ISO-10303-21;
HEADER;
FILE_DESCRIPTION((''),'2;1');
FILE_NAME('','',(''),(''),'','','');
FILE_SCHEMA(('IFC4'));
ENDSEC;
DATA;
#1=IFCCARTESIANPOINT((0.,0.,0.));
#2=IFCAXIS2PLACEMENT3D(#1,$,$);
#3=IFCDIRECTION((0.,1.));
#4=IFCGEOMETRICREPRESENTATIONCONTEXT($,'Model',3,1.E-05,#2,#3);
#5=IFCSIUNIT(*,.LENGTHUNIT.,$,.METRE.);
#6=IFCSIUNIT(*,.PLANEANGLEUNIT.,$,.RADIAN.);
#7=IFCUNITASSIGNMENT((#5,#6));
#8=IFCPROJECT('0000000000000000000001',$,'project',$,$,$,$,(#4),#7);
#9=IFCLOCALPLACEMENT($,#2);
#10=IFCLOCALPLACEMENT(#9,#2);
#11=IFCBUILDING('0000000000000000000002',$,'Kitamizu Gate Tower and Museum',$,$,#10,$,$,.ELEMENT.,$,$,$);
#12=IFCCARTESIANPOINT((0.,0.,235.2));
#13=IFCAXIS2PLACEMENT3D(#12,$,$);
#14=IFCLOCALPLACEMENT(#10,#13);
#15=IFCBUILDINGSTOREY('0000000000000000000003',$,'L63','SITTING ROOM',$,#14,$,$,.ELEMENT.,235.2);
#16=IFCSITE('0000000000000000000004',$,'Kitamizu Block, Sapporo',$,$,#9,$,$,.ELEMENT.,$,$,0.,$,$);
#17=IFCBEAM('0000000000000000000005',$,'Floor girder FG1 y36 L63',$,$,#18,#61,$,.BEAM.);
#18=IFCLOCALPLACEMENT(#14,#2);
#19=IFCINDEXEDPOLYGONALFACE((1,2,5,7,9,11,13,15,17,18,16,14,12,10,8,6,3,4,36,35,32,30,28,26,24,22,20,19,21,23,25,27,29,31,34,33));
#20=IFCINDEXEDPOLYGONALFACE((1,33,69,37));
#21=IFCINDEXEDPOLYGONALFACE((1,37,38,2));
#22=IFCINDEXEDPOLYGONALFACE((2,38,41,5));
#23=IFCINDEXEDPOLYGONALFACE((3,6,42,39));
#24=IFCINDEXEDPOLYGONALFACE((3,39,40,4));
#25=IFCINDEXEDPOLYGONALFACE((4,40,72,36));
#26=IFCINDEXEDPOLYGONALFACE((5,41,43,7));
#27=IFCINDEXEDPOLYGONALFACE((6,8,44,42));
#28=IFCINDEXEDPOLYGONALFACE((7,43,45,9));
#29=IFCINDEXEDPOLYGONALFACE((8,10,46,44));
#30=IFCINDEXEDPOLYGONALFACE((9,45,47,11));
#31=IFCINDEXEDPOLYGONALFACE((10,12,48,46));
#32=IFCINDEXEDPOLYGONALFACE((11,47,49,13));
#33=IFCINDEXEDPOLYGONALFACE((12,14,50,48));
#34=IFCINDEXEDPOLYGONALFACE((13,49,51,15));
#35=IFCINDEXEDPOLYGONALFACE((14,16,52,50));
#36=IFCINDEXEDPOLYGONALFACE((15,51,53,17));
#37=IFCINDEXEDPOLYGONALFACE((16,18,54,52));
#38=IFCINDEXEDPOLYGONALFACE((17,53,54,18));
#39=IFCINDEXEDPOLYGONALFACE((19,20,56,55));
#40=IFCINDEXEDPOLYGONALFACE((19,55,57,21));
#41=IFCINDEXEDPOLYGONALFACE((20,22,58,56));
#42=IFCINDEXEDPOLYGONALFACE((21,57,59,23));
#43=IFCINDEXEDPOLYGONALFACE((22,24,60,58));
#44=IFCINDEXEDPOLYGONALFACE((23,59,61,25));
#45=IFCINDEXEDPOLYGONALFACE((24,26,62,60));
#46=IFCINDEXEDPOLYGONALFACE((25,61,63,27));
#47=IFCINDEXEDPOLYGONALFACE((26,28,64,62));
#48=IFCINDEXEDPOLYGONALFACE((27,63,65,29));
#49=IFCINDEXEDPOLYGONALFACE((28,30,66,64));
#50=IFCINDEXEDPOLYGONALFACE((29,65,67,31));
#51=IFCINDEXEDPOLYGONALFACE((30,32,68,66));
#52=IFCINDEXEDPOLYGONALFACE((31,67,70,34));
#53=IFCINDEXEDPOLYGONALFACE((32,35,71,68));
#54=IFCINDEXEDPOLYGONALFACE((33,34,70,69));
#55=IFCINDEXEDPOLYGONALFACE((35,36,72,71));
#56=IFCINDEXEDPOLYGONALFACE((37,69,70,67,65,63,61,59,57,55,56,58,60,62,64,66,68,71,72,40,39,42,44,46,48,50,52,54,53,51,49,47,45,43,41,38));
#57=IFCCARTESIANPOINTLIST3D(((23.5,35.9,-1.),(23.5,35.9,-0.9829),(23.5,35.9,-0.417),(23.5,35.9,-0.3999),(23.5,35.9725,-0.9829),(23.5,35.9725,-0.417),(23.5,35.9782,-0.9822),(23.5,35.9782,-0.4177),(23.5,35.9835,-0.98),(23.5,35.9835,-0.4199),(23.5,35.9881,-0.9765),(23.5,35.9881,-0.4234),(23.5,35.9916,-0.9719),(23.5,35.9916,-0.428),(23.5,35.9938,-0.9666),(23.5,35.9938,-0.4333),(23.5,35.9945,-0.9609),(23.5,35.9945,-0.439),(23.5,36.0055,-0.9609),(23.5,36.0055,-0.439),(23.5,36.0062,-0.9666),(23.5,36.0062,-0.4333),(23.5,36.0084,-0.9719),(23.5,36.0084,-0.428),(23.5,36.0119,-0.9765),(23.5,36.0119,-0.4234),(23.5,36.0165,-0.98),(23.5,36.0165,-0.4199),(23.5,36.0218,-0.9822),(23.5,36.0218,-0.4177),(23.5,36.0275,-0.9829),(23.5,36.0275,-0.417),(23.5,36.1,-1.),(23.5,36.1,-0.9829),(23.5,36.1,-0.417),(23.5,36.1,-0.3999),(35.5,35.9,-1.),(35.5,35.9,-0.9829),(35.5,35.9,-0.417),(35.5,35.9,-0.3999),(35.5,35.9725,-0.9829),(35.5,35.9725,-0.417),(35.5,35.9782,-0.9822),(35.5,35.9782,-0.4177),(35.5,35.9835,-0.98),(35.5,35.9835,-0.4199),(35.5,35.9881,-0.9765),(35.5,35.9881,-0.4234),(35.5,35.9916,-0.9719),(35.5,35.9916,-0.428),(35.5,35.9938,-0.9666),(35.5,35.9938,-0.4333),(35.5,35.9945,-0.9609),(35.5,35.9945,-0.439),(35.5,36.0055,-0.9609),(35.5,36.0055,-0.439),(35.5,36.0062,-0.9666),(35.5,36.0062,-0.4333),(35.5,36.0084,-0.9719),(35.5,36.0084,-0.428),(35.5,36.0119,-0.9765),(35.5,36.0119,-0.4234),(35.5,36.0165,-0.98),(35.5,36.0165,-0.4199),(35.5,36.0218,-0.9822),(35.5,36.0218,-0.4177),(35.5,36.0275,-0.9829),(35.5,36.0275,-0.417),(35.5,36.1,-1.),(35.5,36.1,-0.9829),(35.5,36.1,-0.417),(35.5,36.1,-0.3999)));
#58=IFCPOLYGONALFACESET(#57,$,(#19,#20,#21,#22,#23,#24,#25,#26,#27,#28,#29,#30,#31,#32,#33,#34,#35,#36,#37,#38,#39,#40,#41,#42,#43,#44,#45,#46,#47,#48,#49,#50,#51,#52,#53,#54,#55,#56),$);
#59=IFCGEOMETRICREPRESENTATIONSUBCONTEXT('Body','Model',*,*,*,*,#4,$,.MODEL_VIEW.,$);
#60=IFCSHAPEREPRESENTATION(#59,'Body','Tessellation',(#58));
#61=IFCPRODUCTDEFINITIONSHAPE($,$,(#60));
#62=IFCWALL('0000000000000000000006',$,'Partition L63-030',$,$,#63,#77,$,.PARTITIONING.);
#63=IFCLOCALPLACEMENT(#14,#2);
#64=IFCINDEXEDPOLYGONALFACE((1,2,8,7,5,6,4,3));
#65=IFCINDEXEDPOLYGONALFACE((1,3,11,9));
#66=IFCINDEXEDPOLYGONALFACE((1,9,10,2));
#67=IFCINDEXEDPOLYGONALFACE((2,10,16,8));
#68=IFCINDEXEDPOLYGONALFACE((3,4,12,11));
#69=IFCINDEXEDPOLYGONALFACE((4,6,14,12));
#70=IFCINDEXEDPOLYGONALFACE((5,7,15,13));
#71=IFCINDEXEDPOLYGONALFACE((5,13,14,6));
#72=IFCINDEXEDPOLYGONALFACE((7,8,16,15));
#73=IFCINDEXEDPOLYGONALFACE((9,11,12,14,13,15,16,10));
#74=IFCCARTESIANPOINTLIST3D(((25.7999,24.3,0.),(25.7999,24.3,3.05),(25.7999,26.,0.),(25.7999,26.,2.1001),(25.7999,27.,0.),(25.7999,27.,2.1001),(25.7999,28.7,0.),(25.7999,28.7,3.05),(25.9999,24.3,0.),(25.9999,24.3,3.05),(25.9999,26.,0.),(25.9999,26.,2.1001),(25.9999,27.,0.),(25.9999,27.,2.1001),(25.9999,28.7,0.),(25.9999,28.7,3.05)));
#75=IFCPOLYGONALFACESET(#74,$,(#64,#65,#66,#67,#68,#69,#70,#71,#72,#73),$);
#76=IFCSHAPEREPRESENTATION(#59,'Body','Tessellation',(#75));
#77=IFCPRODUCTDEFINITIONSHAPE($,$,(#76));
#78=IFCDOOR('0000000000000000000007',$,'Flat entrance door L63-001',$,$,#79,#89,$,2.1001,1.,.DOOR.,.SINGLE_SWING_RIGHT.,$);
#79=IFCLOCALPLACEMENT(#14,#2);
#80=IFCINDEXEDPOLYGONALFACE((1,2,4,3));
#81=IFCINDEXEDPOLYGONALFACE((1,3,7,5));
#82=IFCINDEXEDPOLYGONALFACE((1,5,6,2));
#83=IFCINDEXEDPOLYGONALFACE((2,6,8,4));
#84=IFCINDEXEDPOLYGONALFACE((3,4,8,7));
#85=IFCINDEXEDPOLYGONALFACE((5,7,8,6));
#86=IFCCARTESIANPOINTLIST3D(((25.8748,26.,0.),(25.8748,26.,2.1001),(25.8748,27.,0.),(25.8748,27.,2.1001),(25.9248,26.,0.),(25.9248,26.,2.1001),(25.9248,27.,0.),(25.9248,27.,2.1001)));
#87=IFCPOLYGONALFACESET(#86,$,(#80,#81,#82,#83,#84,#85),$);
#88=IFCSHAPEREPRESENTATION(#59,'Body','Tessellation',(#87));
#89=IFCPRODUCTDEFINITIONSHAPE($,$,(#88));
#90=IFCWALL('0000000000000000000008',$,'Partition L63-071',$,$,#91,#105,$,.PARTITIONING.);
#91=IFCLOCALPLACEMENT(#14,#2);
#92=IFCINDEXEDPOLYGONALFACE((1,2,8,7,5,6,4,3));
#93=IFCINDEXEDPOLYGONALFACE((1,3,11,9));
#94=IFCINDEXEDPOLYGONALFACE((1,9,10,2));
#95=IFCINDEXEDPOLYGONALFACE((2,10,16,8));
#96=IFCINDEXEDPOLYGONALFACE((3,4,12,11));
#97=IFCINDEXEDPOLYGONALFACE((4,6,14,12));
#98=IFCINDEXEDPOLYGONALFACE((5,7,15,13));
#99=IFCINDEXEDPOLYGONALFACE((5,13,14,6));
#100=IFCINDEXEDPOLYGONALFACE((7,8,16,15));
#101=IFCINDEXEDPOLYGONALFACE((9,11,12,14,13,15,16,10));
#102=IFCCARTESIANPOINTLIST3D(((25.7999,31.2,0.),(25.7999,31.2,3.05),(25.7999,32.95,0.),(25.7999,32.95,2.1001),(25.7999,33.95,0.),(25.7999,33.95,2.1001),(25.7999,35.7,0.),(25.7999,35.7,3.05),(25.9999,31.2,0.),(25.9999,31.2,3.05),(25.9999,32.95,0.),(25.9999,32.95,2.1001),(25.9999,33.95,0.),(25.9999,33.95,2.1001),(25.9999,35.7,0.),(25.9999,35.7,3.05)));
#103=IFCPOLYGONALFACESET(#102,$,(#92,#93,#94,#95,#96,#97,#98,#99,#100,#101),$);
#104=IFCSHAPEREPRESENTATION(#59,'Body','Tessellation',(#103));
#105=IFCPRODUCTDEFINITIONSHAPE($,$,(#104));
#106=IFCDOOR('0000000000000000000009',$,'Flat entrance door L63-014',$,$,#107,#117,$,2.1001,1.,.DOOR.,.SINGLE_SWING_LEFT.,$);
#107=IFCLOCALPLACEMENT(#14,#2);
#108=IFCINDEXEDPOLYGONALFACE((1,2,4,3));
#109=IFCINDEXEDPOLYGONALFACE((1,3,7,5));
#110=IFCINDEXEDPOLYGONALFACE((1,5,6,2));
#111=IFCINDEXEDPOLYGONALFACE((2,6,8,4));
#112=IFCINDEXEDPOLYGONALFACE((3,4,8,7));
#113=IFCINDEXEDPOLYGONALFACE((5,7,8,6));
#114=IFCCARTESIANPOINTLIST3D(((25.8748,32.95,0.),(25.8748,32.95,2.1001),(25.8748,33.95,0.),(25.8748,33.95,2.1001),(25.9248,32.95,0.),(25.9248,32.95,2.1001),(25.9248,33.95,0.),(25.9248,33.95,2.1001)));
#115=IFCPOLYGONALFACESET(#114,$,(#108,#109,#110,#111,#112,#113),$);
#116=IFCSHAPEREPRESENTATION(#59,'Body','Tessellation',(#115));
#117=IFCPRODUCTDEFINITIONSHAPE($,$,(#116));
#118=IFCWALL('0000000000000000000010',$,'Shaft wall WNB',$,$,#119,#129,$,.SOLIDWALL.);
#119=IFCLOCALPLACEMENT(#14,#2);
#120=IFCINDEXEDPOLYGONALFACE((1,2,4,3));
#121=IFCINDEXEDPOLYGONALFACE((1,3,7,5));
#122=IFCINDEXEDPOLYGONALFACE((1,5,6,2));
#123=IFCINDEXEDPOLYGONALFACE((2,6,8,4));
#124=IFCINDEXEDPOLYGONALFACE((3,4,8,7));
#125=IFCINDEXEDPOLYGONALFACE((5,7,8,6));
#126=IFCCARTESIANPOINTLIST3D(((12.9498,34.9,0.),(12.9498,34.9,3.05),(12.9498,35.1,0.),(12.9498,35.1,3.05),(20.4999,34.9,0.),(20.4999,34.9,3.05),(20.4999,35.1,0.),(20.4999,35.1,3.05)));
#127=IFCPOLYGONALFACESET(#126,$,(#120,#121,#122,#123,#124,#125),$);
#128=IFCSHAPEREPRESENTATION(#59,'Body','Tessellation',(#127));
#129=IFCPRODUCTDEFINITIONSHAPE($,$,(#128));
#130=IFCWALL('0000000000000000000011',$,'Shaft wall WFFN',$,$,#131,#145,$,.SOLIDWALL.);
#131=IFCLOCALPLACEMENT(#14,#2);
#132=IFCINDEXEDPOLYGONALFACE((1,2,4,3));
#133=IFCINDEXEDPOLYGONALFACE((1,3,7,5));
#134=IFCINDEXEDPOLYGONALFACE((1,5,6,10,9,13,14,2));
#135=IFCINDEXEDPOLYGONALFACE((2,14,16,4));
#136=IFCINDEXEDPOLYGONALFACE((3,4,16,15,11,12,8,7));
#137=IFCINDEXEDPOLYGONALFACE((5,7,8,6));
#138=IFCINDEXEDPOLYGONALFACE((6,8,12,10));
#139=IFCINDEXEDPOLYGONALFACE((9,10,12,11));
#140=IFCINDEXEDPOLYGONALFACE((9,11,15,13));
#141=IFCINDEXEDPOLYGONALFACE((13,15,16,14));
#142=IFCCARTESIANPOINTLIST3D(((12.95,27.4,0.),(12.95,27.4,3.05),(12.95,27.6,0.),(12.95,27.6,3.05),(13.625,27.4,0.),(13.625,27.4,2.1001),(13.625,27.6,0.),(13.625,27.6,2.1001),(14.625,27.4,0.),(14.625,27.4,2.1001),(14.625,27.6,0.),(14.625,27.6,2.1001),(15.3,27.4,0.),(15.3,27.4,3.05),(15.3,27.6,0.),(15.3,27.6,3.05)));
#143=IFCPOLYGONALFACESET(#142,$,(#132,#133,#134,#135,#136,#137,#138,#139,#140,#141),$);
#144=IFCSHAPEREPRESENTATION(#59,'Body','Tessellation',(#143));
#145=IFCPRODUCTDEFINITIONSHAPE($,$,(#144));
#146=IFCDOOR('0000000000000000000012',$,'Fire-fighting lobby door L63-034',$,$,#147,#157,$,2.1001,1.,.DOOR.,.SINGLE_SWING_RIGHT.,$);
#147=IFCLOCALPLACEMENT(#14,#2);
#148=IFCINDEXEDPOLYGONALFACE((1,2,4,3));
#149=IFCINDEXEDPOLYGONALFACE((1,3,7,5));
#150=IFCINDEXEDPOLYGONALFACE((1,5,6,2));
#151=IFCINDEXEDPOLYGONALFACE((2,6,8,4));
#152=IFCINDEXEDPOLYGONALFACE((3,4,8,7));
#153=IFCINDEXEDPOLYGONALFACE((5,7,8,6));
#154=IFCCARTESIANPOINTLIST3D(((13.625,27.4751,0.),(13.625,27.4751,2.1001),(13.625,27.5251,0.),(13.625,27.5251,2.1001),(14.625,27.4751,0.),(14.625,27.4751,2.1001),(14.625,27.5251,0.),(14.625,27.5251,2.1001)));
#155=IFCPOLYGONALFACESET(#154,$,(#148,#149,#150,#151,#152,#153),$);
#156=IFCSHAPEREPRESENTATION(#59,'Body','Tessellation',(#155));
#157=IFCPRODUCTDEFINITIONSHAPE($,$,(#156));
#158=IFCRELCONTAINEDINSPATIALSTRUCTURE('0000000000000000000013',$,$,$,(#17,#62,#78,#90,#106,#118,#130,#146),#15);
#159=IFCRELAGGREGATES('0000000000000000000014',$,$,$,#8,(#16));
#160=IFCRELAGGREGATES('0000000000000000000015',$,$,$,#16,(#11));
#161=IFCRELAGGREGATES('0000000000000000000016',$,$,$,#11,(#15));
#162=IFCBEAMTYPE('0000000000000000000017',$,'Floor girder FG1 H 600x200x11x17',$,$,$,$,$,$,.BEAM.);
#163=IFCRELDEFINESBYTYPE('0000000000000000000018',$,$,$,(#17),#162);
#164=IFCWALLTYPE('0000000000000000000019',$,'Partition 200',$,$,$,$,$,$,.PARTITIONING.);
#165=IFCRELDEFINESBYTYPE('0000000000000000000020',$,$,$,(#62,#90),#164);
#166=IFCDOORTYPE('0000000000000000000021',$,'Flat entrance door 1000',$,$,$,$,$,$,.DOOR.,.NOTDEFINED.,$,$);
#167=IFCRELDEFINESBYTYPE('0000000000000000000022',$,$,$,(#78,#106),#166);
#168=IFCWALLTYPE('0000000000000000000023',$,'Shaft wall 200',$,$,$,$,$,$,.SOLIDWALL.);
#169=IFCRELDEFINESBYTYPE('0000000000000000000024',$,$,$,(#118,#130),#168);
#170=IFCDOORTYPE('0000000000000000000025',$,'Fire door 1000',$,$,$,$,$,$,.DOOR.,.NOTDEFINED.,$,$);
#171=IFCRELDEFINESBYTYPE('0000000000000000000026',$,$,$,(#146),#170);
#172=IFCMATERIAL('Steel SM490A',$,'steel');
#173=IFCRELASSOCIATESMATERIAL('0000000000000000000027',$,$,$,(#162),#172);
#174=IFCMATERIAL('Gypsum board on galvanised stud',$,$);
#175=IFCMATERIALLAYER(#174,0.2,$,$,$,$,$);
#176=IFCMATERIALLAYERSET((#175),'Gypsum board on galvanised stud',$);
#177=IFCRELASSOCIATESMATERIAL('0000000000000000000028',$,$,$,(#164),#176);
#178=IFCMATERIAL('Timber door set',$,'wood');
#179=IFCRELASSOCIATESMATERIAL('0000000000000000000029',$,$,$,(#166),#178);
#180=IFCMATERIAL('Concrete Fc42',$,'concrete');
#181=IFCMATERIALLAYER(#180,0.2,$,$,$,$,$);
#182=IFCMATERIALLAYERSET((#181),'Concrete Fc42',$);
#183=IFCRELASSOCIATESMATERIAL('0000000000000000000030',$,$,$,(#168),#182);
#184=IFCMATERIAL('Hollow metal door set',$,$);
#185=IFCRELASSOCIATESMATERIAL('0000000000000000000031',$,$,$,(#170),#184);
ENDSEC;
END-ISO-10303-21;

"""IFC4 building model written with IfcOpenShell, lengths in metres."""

from ifc_helpers import new_model, si_unit, direction, frame, frame_2d, origin, origin_2d, place, context, subcontext, project, spatial, rectangle, i_section, extrude, material, layer, layer_set, material_profile, profile_set, type_object, element, fill, save


model = new_model("IFC4")

# Units and contexts
model_context = context("Model", 3, precision=1e-05, world=origin(), true_north=direction((0.0, 1.0)))
body_context = subcontext(model_context, "Body", "Model", "MODEL_VIEW")
ifc_project = project(units=[si_unit("LENGTHUNIT", "METRE"), si_unit("PLANEANGLEUNIT", "RADIAN")], contexts=[model_context])

# Site, building, storey
site_placement = place(None, origin())
site = spatial("IfcSite", under=ifc_project, at=site_placement, Name="Kitamizu Block, Sapporo", CompositionType="ELEMENT", RefElevation=0.0)
building_placement = place(site_placement, origin())
building = spatial("IfcBuilding", under=site, at=building_placement, Name="Kitamizu Gate Tower and Museum", CompositionType="ELEMENT")
storey_placement = place(building_placement, frame((0.0, 0.0, 235.2)))
storey = spatial("IfcBuildingStorey", under=building, at=storey_placement, Name="L63", Description="SITTING ROOM", CompositionType="ELEMENT", Elevation=235.2)

# Beam
ifc_material_1 = material(Name="Steel SM490A", Category="steel")
ifc_material_profile = material_profile(ifc_material_1, i_section(OverallWidth=0.2, OverallDepth=0.6001, WebThickness=0.011, FlangeThickness=0.0171, FilletRadius=0.022, at=origin_2d()), Name="H-600x200x11x17")
ifc_profile_set = profile_set([ifc_material_profile], Name="Steel SM490A")
beam_type = type_object("IfcBeamType", Name="Floor girder FG1 H 600x200x11x17", PredefinedType="BEAM", material=ifc_profile_set)
beam_placement = place(storey_placement, frame((23.5, 36.0, -0.7), z_axis=(1.0, 0.0, 0.0), x_axis=(0.0, 1.0, 0.0)))
element("IfcBeam", 1, at=beam_placement, inside=storey, type_object=beam_type, Name="Floor girder FG1 y36 L63", PredefinedType="BEAM", context=body_context, shape_type="SweptSolid", body=[
    extrude(i_section(OverallWidth=0.2, OverallDepth=0.6001, WebThickness=0.011, FlangeThickness=0.0171, FilletRadius=0.022, at=origin_2d()), origin(), (0.0, 0.0, 1.0), 12.0),
])

# Walls, openings, doors
ifc_material_2 = material(Name="Gypsum board on galvanised stud")
ifc_layer_1 = layer(ifc_material_2, 0.2)
ifc_layer_set_1 = layer_set([ifc_layer_1], Name="Gypsum board on galvanised stud")
wall_type_1 = type_object("IfcWallType", Name="Partition 200", PredefinedType="PARTITIONING", material=ifc_layer_set_1)
wall_1_placement = place(storey_placement, frame((25.8999, 28.7, 0.0), z_axis=(0.0, 0.0, 1.0), x_axis=(0.0, -1.0, 0.0)))
wall_1 = element("IfcWall", 2, at=wall_1_placement, inside=storey, type_object=wall_type_1, Name="Partition L63-030", PredefinedType="PARTITIONING", context=body_context, shape_type="SweptSolid", body=[
    extrude(rectangle(XDim=4.3999, YDim=0.2, at=frame_2d((2.2, 0.0))), origin(), (0.0, 0.0, 1.0), 3.05),
])
opening_1_placement = place(wall_1_placement, frame((1.7, 0.0, 0.0)))
opening_1 = element("IfcOpeningElement", 3, at=opening_1_placement, cuts=wall_1, PredefinedType="OPENING", context=body_context, shape_type="SweptSolid", body=[
    extrude(rectangle(XDim=1.0, YDim=2.1001, at=frame_2d((0.5, 1.05))), frame((0.0, 0.1099, 0.0), z_axis=(0.0, -1.0, 0.0), x_axis=(1.0, 0.0, 0.0)), (0.0, 0.0, 1.0), 0.22),
])
ifc_material_3 = material(Name="Timber door set", Category="wood")
door_type_1 = type_object("IfcDoorType", Name="Flat entrance door 1000", OperationType="NOTDEFINED", PredefinedType="DOOR", material=ifc_material_3)
door_1_placement = place(opening_1_placement, origin())
door_1 = element("IfcDoor", 4, at=door_1_placement, inside=storey, type_object=door_type_1, Name="Flat entrance door L63-001", OperationType="SINGLE_SWING_RIGHT", OverallHeight=2.1001, OverallWidth=1.0, PredefinedType="DOOR", context=body_context, shape_type="SweptSolid", body=[
    extrude(rectangle(XDim=1.0, YDim=2.1001, at=frame_2d((0.5, 1.05))), frame((0.0, 0.0249, 0.0), z_axis=(0.0, -1.0, 0.0), x_axis=(1.0, 0.0, 0.0)), (0.0, 0.0, 1.0), 0.05),
])
fill(opening_1, door_1)
wall_2_placement = place(storey_placement, frame((25.8999, 35.7, 0.0), z_axis=(0.0, 0.0, 1.0), x_axis=(0.0, -1.0, 0.0)))
wall_2 = element("IfcWall", 5, at=wall_2_placement, inside=storey, type_object=wall_type_1, Name="Partition L63-071", PredefinedType="PARTITIONING", context=body_context, shape_type="SweptSolid", body=[
    extrude(rectangle(XDim=4.5, YDim=0.2, at=frame_2d((2.25, 0.0))), origin(), (0.0, 0.0, 1.0), 3.05),
])
opening_2_placement = place(wall_2_placement, frame((1.75, 0.0, 0.0)))
opening_2 = element("IfcOpeningElement", 6, at=opening_2_placement, cuts=wall_2, PredefinedType="OPENING", context=body_context, shape_type="SweptSolid", body=[
    extrude(rectangle(XDim=1.0, YDim=2.1001, at=frame_2d((0.5, 1.05))), frame((0.0, 0.1099, 0.0), z_axis=(0.0, -1.0, 0.0), x_axis=(1.0, 0.0, 0.0)), (0.0, 0.0, 1.0), 0.22),
])
door_2_placement = place(opening_2_placement, origin())
door_2 = element("IfcDoor", 7, at=door_2_placement, inside=storey, type_object=door_type_1, Name="Flat entrance door L63-014", OperationType="SINGLE_SWING_LEFT", OverallHeight=2.1001, OverallWidth=1.0, PredefinedType="DOOR", context=body_context, shape_type="SweptSolid", body=[
    extrude(rectangle(XDim=1.0, YDim=2.1001, at=frame_2d((0.5, 1.05))), frame((0.0, 0.0249, 0.0), z_axis=(0.0, -1.0, 0.0), x_axis=(1.0, 0.0, 0.0)), (0.0, 0.0, 1.0), 0.05),
])
fill(opening_2, door_2)

# Wall
ifc_material_4 = material(Name="Concrete Fc42", Category="concrete")
ifc_layer_2 = layer(ifc_material_4, 0.2)
ifc_layer_set_2 = layer_set([ifc_layer_2], Name="Concrete Fc42")
wall_type_2 = type_object("IfcWallType", Name="Shaft wall 200", PredefinedType="SOLIDWALL", material=ifc_layer_set_2)
wall_3_placement = place(storey_placement, frame((12.95, 35.0, 0.0), z_axis=(0.0, 0.0, 1.0), x_axis=(1.0, 0.0, 0.0)))
element("IfcWall", 8, at=wall_3_placement, inside=storey, type_object=wall_type_2, Name="Shaft wall WNB", PredefinedType="SOLIDWALL", context=body_context, shape_type="SweptSolid", body=[
    extrude(rectangle(XDim=7.55, YDim=0.2, at=frame_2d((3.7749, 0.0))), origin(), (0.0, 0.0, 1.0), 3.05),
])

# Wall, opening, door
wall_4_placement = place(storey_placement, frame((12.95, 27.5, 0.0), z_axis=(0.0, 0.0, 1.0), x_axis=(1.0, 0.0, 0.0)))
wall_4 = element("IfcWall", 9, at=wall_4_placement, inside=storey, type_object=wall_type_2, Name="Shaft wall WFFN", PredefinedType="SOLIDWALL", context=body_context, shape_type="SweptSolid", body=[
    extrude(rectangle(XDim=2.3501, YDim=0.2, at=frame_2d((1.175, 0.0))), origin(), (0.0, 0.0, 1.0), 3.05),
])
opening_3_placement = place(wall_4_placement, frame((0.675, 0.0, 0.0)))
opening_3 = element("IfcOpeningElement", 10, at=opening_3_placement, cuts=wall_4, PredefinedType="OPENING", context=body_context, shape_type="SweptSolid", body=[
    extrude(rectangle(XDim=1.0, YDim=2.1001, at=frame_2d((0.5, 1.05))), frame((0.0, 0.1099, 0.0), z_axis=(0.0, -1.0, 0.0), x_axis=(1.0, 0.0, 0.0)), (0.0, 0.0, 1.0), 0.22),
])
ifc_material_5 = material(Name="Hollow metal door set")
door_type_2 = type_object("IfcDoorType", Name="Fire door 1000", OperationType="NOTDEFINED", PredefinedType="DOOR", material=ifc_material_5)
door_3_placement = place(opening_3_placement, frame((1.0, 0.0, 0.0), x_axis=(-1.0, 0.0, 0.0)))
door_3 = element("IfcDoor", 11, at=door_3_placement, inside=storey, type_object=door_type_2, Name="Fire-fighting lobby door L63-034", OperationType="SINGLE_SWING_RIGHT", OverallHeight=2.1001, OverallWidth=1.0, PredefinedType="DOOR", context=body_context, shape_type="SweptSolid", body=[
    extrude(rectangle(XDim=1.0, YDim=2.1001, at=frame_2d((0.5, 1.05))), frame((0.0, 0.0249, 0.0), z_axis=(0.0, -1.0, 0.0), x_axis=(1.0, 0.0, 0.0)), (0.0, 0.0, 1.0), 0.05),
])
fill(opening_3, door_3)

save(model, "model.ifc")
